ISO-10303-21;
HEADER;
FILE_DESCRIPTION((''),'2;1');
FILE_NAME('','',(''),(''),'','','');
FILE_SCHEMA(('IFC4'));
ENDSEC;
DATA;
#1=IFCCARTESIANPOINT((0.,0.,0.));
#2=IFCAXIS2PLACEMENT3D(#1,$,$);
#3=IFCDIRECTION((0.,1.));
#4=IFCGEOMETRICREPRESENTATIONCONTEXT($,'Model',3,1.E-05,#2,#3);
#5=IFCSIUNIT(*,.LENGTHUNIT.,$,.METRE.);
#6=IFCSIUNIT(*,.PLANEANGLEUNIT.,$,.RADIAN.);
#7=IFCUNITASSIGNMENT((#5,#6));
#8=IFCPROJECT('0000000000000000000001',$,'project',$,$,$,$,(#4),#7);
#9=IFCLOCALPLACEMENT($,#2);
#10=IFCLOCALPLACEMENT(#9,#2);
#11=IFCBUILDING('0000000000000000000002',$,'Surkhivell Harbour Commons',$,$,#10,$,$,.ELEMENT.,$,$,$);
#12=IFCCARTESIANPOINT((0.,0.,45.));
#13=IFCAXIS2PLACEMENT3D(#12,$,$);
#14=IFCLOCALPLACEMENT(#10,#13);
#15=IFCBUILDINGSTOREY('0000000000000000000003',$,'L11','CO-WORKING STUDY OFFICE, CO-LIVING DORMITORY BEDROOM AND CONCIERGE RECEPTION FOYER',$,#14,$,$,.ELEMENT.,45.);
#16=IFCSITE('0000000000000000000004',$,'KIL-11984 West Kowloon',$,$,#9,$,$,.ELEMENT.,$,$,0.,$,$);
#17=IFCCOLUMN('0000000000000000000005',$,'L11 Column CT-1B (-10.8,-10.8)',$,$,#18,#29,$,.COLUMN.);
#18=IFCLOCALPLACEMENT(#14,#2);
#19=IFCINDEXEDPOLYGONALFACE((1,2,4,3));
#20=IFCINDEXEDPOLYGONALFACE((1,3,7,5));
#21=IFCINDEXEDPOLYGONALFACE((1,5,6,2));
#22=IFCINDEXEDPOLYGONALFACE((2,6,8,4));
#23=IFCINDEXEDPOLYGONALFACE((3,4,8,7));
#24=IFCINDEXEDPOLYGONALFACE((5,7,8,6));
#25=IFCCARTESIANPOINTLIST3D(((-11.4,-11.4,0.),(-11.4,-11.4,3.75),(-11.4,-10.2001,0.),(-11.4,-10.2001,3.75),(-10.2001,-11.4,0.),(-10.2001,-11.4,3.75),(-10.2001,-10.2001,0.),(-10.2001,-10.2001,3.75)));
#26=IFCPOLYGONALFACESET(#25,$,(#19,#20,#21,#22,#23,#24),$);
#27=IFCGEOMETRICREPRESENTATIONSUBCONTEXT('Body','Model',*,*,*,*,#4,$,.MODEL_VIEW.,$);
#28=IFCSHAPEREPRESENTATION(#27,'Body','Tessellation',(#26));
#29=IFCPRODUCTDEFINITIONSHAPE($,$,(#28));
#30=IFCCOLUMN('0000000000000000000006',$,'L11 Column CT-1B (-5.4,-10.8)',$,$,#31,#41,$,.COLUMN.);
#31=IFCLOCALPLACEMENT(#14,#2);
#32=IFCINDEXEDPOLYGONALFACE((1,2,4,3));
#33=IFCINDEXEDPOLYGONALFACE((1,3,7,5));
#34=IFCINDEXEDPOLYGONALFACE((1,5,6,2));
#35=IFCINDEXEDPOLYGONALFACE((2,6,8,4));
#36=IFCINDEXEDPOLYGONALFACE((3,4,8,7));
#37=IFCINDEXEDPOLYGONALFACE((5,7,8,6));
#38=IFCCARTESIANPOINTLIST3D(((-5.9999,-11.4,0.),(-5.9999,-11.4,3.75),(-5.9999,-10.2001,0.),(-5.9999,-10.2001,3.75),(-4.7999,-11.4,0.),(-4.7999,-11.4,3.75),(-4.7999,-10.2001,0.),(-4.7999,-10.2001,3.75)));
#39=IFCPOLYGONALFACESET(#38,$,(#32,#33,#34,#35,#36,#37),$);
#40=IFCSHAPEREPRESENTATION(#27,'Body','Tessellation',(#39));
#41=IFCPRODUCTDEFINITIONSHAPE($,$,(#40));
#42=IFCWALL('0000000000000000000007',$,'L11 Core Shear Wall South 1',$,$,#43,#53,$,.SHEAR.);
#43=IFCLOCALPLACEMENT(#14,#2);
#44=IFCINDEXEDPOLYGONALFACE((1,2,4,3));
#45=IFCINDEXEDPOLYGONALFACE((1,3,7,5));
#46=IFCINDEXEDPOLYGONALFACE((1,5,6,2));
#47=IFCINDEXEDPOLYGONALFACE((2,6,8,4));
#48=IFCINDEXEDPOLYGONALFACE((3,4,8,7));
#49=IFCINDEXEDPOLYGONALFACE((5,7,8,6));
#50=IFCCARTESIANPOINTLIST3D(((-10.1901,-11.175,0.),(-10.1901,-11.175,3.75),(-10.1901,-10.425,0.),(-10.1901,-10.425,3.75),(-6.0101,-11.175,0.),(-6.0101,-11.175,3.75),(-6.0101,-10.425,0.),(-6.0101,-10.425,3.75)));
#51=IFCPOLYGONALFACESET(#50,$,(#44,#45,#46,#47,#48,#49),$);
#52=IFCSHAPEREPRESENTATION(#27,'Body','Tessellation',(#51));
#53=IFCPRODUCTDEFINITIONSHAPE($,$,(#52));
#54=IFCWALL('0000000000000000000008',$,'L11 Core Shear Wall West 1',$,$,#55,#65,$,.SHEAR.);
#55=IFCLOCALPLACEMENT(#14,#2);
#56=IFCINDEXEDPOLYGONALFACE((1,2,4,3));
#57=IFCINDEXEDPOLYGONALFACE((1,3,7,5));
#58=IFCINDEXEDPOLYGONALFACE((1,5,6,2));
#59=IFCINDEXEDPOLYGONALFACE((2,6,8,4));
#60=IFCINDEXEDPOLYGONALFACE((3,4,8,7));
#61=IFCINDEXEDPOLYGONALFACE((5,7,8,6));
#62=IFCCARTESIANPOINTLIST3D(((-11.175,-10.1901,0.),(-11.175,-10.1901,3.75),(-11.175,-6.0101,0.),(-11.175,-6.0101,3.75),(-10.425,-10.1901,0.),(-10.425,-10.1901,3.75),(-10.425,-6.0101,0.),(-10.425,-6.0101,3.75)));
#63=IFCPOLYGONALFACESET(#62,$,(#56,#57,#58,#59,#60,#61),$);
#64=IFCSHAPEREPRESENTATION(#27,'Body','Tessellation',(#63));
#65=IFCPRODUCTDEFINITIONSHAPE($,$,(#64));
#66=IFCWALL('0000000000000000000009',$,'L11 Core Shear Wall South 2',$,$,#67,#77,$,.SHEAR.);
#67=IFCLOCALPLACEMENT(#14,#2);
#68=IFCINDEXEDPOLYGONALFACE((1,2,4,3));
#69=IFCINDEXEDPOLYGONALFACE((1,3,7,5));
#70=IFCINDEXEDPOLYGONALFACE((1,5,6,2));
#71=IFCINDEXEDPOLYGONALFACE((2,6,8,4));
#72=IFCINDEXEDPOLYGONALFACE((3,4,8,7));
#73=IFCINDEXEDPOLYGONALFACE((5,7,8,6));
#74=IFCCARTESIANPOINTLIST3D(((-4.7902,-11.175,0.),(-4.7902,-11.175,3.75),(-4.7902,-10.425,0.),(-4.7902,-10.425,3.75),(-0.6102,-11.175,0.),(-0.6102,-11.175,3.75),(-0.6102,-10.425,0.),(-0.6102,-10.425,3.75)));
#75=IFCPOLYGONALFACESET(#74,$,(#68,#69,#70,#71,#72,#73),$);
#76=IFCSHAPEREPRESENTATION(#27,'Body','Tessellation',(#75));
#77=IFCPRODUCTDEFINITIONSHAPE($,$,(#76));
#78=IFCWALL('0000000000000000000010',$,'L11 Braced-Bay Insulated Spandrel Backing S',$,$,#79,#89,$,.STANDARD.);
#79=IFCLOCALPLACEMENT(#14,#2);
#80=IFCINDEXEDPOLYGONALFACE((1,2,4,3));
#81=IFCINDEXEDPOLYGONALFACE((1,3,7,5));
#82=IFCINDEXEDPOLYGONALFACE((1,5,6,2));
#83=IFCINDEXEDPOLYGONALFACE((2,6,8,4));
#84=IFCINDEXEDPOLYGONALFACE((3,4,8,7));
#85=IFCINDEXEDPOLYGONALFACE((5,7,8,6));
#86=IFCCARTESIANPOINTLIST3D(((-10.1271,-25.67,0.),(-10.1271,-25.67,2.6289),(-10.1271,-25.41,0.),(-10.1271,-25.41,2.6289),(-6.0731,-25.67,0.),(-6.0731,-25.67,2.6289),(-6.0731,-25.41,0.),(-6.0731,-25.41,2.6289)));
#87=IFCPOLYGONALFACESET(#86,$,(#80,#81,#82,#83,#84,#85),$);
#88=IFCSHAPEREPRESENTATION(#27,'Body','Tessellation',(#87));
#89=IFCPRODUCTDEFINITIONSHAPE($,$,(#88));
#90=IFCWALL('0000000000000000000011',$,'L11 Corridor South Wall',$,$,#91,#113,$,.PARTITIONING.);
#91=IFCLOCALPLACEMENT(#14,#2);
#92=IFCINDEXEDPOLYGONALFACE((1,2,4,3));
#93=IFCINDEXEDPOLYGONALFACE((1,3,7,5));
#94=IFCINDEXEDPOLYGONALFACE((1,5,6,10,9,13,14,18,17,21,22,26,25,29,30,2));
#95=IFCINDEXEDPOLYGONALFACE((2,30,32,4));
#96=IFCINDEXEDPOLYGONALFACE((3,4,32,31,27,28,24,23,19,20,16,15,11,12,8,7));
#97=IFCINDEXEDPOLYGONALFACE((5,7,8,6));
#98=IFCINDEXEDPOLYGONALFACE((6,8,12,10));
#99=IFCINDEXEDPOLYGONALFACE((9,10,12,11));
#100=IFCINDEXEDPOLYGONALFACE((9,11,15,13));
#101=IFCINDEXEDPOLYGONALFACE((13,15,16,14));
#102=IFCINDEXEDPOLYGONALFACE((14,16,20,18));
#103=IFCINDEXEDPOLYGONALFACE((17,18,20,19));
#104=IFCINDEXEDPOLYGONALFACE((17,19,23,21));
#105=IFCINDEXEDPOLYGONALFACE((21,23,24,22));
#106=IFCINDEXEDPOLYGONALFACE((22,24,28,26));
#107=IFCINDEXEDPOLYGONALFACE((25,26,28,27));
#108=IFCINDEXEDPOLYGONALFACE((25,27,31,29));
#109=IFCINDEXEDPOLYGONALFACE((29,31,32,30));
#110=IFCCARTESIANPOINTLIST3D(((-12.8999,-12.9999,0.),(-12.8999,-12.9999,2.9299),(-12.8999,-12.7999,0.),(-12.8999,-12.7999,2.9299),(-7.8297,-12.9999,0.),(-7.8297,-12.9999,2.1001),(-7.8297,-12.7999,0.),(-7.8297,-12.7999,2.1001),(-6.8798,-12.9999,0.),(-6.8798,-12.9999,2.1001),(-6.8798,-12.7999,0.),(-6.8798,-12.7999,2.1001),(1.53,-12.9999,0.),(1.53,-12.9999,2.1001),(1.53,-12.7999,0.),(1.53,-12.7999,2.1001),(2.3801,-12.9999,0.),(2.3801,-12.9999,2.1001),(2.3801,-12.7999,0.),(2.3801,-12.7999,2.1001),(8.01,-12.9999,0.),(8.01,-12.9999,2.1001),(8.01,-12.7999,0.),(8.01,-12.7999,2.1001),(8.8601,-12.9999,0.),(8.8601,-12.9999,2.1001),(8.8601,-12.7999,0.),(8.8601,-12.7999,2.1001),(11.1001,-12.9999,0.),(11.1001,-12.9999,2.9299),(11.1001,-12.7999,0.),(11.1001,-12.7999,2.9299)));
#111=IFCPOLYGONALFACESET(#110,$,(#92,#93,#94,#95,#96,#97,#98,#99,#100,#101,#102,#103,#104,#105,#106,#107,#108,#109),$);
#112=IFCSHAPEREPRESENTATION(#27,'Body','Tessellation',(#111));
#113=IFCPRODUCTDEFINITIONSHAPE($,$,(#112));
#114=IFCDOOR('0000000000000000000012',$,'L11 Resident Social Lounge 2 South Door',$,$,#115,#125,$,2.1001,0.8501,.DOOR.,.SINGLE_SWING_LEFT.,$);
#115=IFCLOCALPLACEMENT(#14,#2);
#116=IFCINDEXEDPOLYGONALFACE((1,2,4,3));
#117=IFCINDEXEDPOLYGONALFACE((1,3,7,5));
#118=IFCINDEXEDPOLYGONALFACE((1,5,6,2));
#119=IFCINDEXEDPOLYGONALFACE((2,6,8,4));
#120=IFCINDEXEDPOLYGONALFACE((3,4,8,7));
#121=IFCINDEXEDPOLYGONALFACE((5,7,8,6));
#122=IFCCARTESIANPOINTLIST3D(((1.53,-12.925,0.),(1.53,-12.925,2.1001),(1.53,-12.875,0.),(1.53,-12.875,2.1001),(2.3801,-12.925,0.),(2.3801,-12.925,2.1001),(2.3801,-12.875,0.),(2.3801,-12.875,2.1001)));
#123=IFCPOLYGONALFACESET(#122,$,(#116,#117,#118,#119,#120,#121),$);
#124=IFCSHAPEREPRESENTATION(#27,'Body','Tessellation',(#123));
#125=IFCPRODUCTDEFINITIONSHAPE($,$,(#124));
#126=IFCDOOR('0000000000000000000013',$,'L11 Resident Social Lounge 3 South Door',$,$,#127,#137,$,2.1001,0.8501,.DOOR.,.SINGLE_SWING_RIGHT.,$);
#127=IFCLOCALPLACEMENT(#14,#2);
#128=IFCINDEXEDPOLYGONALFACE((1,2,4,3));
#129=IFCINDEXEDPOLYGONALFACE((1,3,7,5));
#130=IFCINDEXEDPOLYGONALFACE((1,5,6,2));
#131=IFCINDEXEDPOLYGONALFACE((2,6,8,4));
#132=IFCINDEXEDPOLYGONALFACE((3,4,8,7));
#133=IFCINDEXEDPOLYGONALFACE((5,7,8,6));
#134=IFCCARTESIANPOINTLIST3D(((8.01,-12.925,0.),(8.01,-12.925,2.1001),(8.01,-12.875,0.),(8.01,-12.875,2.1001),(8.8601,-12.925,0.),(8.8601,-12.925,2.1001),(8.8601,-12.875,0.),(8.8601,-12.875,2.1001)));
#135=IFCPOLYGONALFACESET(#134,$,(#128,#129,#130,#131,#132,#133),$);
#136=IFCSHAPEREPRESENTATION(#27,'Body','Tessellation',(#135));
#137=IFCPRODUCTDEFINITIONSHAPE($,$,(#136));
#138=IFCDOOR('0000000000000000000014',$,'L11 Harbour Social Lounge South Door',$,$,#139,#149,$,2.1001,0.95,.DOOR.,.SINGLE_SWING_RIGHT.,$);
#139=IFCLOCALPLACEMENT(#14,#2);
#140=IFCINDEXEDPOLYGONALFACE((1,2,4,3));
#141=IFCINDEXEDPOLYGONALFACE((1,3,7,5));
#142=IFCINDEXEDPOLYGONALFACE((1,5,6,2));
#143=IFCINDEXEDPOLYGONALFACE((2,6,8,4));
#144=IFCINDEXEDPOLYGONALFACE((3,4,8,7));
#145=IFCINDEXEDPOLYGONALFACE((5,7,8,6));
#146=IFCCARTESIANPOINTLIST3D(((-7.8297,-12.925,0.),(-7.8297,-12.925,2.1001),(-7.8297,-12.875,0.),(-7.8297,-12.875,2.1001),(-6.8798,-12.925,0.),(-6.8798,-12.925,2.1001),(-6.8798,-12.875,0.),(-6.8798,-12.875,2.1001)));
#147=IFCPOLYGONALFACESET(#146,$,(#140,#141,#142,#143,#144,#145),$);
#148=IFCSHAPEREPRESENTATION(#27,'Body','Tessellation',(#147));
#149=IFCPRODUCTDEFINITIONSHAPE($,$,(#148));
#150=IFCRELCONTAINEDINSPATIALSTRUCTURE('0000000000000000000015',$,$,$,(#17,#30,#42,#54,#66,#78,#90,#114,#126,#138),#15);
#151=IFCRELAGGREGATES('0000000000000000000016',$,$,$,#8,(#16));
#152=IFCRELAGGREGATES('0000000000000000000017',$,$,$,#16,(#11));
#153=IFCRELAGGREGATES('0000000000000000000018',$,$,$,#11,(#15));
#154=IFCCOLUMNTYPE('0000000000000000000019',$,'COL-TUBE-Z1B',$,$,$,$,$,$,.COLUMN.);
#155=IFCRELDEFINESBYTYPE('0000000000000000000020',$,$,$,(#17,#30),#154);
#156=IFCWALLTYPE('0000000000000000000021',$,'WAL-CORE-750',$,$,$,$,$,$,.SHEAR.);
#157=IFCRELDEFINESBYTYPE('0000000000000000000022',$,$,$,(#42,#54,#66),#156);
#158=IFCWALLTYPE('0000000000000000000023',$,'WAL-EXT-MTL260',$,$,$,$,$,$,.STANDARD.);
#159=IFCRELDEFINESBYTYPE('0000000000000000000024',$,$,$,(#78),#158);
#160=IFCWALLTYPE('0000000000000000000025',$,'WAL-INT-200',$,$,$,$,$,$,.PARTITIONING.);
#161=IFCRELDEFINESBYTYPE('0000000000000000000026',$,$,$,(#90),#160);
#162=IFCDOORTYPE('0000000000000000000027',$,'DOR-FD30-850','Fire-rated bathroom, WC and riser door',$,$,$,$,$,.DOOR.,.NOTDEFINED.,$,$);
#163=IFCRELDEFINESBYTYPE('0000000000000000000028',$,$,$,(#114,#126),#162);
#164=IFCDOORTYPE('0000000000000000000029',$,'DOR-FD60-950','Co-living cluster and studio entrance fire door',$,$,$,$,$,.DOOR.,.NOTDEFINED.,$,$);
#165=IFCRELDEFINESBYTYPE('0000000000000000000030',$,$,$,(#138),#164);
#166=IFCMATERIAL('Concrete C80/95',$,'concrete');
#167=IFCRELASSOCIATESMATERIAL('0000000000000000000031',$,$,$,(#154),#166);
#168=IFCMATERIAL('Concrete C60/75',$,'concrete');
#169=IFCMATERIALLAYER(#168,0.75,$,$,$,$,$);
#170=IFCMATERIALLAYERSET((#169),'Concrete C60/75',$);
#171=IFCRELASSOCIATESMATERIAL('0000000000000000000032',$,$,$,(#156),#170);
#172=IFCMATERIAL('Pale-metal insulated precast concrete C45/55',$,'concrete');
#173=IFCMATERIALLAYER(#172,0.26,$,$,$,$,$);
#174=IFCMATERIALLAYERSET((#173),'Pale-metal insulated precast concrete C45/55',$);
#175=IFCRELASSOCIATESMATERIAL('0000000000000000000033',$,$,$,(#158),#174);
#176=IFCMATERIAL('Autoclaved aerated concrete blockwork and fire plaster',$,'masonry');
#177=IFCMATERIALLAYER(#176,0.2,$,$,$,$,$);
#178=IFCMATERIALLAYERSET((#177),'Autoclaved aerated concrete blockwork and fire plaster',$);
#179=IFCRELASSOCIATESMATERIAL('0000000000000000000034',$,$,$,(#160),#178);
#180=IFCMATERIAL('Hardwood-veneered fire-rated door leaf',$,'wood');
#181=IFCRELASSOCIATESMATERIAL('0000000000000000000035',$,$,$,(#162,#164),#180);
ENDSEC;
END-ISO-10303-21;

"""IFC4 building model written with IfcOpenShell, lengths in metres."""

from ifc_helpers import new_model, si_unit, direction, frame, frame_2d, origin, origin_2d, place, context, subcontext, project, spatial, rectangle, extrude, material, layer, layer_set, material_profile, profile_set, type_object, element, fill, save


model = new_model("IFC4")

# Units and contexts
model_context = context("Model", 3, precision=1e-05, world=origin(), true_north=direction((0.0, 1.0)))
body_context = subcontext(model_context, "Body", "Model", "MODEL_VIEW")
ifc_project = project(units=[si_unit("LENGTHUNIT", "METRE"), si_unit("PLANEANGLEUNIT", "RADIAN")], contexts=[model_context])

# Site, building, storey
site_placement = place(None, origin())
site = spatial("IfcSite", under=ifc_project, at=site_placement, Name="KIL-11984 West Kowloon", CompositionType="ELEMENT", RefElevation=0.0)
building_placement = place(site_placement, origin())
building = spatial("IfcBuilding", under=site, at=building_placement, Name="Surkhivell Harbour Commons", CompositionType="ELEMENT")
storey_placement = place(building_placement, frame((0.0, 0.0, 45.0)))
storey = spatial("IfcBuildingStorey", under=building, at=storey_placement, Name="L11", Description="CO-WORKING STUDY OFFICE, CO-LIVING DORMITORY BEDROOM AND CONCIERGE RECEPTION FOYER", CompositionType="ELEMENT", Elevation=45.0)

# Columns
ifc_material_1 = material(Name="Concrete C80/95", Category="concrete")
ifc_material_profile = material_profile(ifc_material_1, rectangle(XDim=1.2, YDim=1.2, at=origin_2d()), Name="RC-COL-1200x1200")
ifc_profile_set = profile_set([ifc_material_profile], Name="Concrete C80/95")
column_type = type_object("IfcColumnType", Name="COL-TUBE-Z1B", PredefinedType="COLUMN", material=ifc_profile_set)
for number, where, z_axis, x_axis, name in (
    (1, (-10.8, -10.8, 0.0), (0.0, 0.0, 1.0), (1.0, 0.0, 0.0), "L11 Column CT-1B (-10.8,-10.8)"),
    (2, (-5.3999, -10.8, 0.0), (0.0, 0.0, 1.0), (1.0, 0.0, 0.0), "L11 Column CT-1B (-5.4,-10.8)"),
):
    element("IfcColumn", number, at=place(storey_placement, frame(where, z_axis=z_axis, x_axis=x_axis)), inside=storey, type_object=column_type, Name=name, PredefinedType="COLUMN", context=body_context, shape_type="SweptSolid", body=[
        extrude(rectangle(XDim=1.2, YDim=1.2, at=origin_2d()), origin(), (0.0, 0.0, 1.0), 3.75),
    ])

# Walls
ifc_material_2 = material(Name="Concrete C60/75", Category="concrete")
ifc_layer_1 = layer(ifc_material_2, 0.75)
ifc_layer_set_1 = layer_set([ifc_layer_1], Name="Concrete C60/75")
wall_type_1 = type_object("IfcWallType", Name="WAL-CORE-750", PredefinedType="SHEAR", material=ifc_layer_set_1)
for number, where, z_axis, x_axis, name in (
    (3, (-10.1899, -10.8, 0.0), (0.0, 0.0, 1.0), (1.0, 0.0, 0.0), "L11 Core Shear Wall South 1"),
    (4, (-10.8, -10.1899, 0.0), (0.0, 0.0, 1.0), (0.0, 1.0, 0.0), "L11 Core Shear Wall West 1"),
    (5, (-4.79, -10.8, 0.0), (0.0, 0.0, 1.0), (1.0, 0.0, 0.0), "L11 Core Shear Wall South 2"),
):
    element("IfcWall", number, at=place(storey_placement, frame(where, z_axis=z_axis, x_axis=x_axis)), inside=storey, type_object=wall_type_1, Name=name, PredefinedType="SHEAR", context=body_context, shape_type="SweptSolid", body=[
        extrude(rectangle(XDim=4.1799, YDim=0.75, at=frame_2d((2.0898, 0.0))), origin(), (0.0, 0.0, 1.0), 3.75),
    ])
ifc_material_3 = material(Name="Pale-metal insulated precast concrete C45/55", Category="concrete")
ifc_layer_2 = layer(ifc_material_3, 0.26)
ifc_layer_set_2 = layer_set([ifc_layer_2], Name="Pale-metal insulated precast concrete C45/55")
wall_type_2 = type_object("IfcWallType", Name="WAL-EXT-MTL260", PredefinedType="STANDARD", material=ifc_layer_set_2)
wall_1_placement = place(storey_placement, frame((-10.127, -25.54, 0.0), z_axis=(0.0, 0.0, 1.0), x_axis=(1.0, 0.0, 0.0)))
element("IfcWall", 6, at=wall_1_placement, inside=storey, type_object=wall_type_2, Name="L11 Braced-Bay Insulated Spandrel Backing S", PredefinedType="STANDARD", context=body_context, shape_type="SweptSolid", body=[
    extrude(rectangle(XDim=4.054, YDim=0.26, at=frame_2d((2.0269, 0.0))), origin(), (0.0, 0.0, 1.0), 2.6289),
])

# Wall, openings, doors
ifc_material_4 = material(Name="Autoclaved aerated concrete blockwork and fire plaster", Category="masonry")
ifc_layer_3 = layer(ifc_material_4, 0.2)
ifc_layer_set_3 = layer_set([ifc_layer_3], Name="Autoclaved aerated concrete blockwork and fire plaster")
wall_type_3 = type_object("IfcWallType", Name="WAL-INT-200", PredefinedType="PARTITIONING", material=ifc_layer_set_3)
wall_2_placement = place(storey_placement, frame((-12.8999, -12.8999, 0.0), z_axis=(0.0, 0.0, 1.0), x_axis=(1.0, 0.0, 0.0)))
wall_2 = element("IfcWall", 7, at=wall_2_placement, inside=storey, type_object=wall_type_3, Name="L11 Corridor South Wall", PredefinedType="PARTITIONING", context=body_context, shape_type="SweptSolid", body=[
    extrude(rectangle(XDim=24.0, YDim=0.2, at=frame_2d((12.0, 0.0))), origin(), (0.0, 0.0, 1.0), 2.9299),
])
opening_1_placement = place(wall_2_placement, frame((5.0701, 0.0, 0.0)))
opening_1 = element("IfcOpeningElement", 8, at=opening_1_placement, cuts=wall_2, PredefinedType="OPENING", context=body_context, shape_type="SweptSolid", body=[
    extrude(rectangle(XDim=0.95, YDim=2.1001, at=frame_2d((0.4751, 1.05))), frame((0.0, 0.1099, 0.0), z_axis=(0.0, -1.0, 0.0), x_axis=(1.0, 0.0, 0.0)), (0.0, 0.0, 1.0), 0.22),
])
opening_2_placement = place(wall_2_placement, frame((14.4299, 0.0, 0.0)))
opening_2 = element("IfcOpeningElement", 9, at=opening_2_placement, cuts=wall_2, PredefinedType="OPENING", context=body_context, shape_type="SweptSolid", body=[
    extrude(rectangle(XDim=0.8501, YDim=2.1001, at=frame_2d((0.425, 1.05))), frame((0.0, 0.1099, 0.0), z_axis=(0.0, -1.0, 0.0), x_axis=(1.0, 0.0, 0.0)), (0.0, 0.0, 1.0), 0.22),
])
opening_3_placement = place(wall_2_placement, frame((20.9099, 0.0, 0.0)))
opening_3 = element("IfcOpeningElement", 10, at=opening_3_placement, cuts=wall_2, PredefinedType="OPENING", context=body_context, shape_type="SweptSolid", body=[
    extrude(rectangle(XDim=0.8501, YDim=2.1001, at=frame_2d((0.425, 1.05))), frame((0.0, 0.1099, 0.0), z_axis=(0.0, -1.0, 0.0), x_axis=(1.0, 0.0, 0.0)), (0.0, 0.0, 1.0), 0.22),
])
ifc_material_5 = material(Name="Hardwood-veneered fire-rated door leaf", Category="wood")
door_type_1 = type_object("IfcDoorType", Name="DOR-FD30-850", Description="Fire-rated bathroom, WC and riser door", OperationType="NOTDEFINED", PredefinedType="DOOR", material=ifc_material_5)
door_1_placement = place(opening_2_placement, origin())
door_1 = element("IfcDoor", 11, at=door_1_placement, inside=storey, type_object=door_type_1, Name="L11 Resident Social Lounge 2 South Door", OperationType="SINGLE_SWING_LEFT", OverallHeight=2.1001, OverallWidth=0.8501, PredefinedType="DOOR", context=body_context, shape_type="SweptSolid", body=[
    extrude(rectangle(XDim=0.8501, YDim=2.1001, at=frame_2d((0.425, 1.05))), frame((0.0, 0.0249, 0.0), z_axis=(0.0, -1.0, 0.0), x_axis=(1.0, 0.0, 0.0)), (0.0, 0.0, 1.0), 0.05),
])
fill(opening_2, door_1)
door_2_placement = place(opening_3_placement, origin())
door_2 = element("IfcDoor", 12, at=door_2_placement, inside=storey, type_object=door_type_1, Name="L11 Resident Social Lounge 3 South Door", OperationType="SINGLE_SWING_RIGHT", OverallHeight=2.1001, OverallWidth=0.8501, PredefinedType="DOOR", context=body_context, shape_type="SweptSolid", body=[
    extrude(rectangle(XDim=0.8501, YDim=2.1001, at=frame_2d((0.425, 1.05))), frame((0.0, 0.0249, 0.0), z_axis=(0.0, -1.0, 0.0), x_axis=(1.0, 0.0, 0.0)), (0.0, 0.0, 1.0), 0.05),
])
fill(opening_3, door_2)
door_type_2 = type_object("IfcDoorType", Name="DOR-FD60-950", Description="Co-living cluster and studio entrance fire door", OperationType="NOTDEFINED", PredefinedType="DOOR", material=ifc_material_5)
door_3_placement = place(opening_1_placement, origin())
door_3 = element("IfcDoor", 13, at=door_3_placement, inside=storey, type_object=door_type_2, Name="L11 Harbour Social Lounge South Door", OperationType="SINGLE_SWING_RIGHT", OverallHeight=2.1001, OverallWidth=0.95, PredefinedType="DOOR", context=body_context, shape_type="SweptSolid", body=[
    extrude(rectangle(XDim=0.95, YDim=2.1001, at=frame_2d((0.4751, 1.05))), frame((0.0, 0.0249, 0.0), z_axis=(0.0, -1.0, 0.0), x_axis=(1.0, 0.0, 0.0)), (0.0, 0.0, 1.0), 0.05),
])
fill(opening_1, door_3)

save(model, "model.ifc")
